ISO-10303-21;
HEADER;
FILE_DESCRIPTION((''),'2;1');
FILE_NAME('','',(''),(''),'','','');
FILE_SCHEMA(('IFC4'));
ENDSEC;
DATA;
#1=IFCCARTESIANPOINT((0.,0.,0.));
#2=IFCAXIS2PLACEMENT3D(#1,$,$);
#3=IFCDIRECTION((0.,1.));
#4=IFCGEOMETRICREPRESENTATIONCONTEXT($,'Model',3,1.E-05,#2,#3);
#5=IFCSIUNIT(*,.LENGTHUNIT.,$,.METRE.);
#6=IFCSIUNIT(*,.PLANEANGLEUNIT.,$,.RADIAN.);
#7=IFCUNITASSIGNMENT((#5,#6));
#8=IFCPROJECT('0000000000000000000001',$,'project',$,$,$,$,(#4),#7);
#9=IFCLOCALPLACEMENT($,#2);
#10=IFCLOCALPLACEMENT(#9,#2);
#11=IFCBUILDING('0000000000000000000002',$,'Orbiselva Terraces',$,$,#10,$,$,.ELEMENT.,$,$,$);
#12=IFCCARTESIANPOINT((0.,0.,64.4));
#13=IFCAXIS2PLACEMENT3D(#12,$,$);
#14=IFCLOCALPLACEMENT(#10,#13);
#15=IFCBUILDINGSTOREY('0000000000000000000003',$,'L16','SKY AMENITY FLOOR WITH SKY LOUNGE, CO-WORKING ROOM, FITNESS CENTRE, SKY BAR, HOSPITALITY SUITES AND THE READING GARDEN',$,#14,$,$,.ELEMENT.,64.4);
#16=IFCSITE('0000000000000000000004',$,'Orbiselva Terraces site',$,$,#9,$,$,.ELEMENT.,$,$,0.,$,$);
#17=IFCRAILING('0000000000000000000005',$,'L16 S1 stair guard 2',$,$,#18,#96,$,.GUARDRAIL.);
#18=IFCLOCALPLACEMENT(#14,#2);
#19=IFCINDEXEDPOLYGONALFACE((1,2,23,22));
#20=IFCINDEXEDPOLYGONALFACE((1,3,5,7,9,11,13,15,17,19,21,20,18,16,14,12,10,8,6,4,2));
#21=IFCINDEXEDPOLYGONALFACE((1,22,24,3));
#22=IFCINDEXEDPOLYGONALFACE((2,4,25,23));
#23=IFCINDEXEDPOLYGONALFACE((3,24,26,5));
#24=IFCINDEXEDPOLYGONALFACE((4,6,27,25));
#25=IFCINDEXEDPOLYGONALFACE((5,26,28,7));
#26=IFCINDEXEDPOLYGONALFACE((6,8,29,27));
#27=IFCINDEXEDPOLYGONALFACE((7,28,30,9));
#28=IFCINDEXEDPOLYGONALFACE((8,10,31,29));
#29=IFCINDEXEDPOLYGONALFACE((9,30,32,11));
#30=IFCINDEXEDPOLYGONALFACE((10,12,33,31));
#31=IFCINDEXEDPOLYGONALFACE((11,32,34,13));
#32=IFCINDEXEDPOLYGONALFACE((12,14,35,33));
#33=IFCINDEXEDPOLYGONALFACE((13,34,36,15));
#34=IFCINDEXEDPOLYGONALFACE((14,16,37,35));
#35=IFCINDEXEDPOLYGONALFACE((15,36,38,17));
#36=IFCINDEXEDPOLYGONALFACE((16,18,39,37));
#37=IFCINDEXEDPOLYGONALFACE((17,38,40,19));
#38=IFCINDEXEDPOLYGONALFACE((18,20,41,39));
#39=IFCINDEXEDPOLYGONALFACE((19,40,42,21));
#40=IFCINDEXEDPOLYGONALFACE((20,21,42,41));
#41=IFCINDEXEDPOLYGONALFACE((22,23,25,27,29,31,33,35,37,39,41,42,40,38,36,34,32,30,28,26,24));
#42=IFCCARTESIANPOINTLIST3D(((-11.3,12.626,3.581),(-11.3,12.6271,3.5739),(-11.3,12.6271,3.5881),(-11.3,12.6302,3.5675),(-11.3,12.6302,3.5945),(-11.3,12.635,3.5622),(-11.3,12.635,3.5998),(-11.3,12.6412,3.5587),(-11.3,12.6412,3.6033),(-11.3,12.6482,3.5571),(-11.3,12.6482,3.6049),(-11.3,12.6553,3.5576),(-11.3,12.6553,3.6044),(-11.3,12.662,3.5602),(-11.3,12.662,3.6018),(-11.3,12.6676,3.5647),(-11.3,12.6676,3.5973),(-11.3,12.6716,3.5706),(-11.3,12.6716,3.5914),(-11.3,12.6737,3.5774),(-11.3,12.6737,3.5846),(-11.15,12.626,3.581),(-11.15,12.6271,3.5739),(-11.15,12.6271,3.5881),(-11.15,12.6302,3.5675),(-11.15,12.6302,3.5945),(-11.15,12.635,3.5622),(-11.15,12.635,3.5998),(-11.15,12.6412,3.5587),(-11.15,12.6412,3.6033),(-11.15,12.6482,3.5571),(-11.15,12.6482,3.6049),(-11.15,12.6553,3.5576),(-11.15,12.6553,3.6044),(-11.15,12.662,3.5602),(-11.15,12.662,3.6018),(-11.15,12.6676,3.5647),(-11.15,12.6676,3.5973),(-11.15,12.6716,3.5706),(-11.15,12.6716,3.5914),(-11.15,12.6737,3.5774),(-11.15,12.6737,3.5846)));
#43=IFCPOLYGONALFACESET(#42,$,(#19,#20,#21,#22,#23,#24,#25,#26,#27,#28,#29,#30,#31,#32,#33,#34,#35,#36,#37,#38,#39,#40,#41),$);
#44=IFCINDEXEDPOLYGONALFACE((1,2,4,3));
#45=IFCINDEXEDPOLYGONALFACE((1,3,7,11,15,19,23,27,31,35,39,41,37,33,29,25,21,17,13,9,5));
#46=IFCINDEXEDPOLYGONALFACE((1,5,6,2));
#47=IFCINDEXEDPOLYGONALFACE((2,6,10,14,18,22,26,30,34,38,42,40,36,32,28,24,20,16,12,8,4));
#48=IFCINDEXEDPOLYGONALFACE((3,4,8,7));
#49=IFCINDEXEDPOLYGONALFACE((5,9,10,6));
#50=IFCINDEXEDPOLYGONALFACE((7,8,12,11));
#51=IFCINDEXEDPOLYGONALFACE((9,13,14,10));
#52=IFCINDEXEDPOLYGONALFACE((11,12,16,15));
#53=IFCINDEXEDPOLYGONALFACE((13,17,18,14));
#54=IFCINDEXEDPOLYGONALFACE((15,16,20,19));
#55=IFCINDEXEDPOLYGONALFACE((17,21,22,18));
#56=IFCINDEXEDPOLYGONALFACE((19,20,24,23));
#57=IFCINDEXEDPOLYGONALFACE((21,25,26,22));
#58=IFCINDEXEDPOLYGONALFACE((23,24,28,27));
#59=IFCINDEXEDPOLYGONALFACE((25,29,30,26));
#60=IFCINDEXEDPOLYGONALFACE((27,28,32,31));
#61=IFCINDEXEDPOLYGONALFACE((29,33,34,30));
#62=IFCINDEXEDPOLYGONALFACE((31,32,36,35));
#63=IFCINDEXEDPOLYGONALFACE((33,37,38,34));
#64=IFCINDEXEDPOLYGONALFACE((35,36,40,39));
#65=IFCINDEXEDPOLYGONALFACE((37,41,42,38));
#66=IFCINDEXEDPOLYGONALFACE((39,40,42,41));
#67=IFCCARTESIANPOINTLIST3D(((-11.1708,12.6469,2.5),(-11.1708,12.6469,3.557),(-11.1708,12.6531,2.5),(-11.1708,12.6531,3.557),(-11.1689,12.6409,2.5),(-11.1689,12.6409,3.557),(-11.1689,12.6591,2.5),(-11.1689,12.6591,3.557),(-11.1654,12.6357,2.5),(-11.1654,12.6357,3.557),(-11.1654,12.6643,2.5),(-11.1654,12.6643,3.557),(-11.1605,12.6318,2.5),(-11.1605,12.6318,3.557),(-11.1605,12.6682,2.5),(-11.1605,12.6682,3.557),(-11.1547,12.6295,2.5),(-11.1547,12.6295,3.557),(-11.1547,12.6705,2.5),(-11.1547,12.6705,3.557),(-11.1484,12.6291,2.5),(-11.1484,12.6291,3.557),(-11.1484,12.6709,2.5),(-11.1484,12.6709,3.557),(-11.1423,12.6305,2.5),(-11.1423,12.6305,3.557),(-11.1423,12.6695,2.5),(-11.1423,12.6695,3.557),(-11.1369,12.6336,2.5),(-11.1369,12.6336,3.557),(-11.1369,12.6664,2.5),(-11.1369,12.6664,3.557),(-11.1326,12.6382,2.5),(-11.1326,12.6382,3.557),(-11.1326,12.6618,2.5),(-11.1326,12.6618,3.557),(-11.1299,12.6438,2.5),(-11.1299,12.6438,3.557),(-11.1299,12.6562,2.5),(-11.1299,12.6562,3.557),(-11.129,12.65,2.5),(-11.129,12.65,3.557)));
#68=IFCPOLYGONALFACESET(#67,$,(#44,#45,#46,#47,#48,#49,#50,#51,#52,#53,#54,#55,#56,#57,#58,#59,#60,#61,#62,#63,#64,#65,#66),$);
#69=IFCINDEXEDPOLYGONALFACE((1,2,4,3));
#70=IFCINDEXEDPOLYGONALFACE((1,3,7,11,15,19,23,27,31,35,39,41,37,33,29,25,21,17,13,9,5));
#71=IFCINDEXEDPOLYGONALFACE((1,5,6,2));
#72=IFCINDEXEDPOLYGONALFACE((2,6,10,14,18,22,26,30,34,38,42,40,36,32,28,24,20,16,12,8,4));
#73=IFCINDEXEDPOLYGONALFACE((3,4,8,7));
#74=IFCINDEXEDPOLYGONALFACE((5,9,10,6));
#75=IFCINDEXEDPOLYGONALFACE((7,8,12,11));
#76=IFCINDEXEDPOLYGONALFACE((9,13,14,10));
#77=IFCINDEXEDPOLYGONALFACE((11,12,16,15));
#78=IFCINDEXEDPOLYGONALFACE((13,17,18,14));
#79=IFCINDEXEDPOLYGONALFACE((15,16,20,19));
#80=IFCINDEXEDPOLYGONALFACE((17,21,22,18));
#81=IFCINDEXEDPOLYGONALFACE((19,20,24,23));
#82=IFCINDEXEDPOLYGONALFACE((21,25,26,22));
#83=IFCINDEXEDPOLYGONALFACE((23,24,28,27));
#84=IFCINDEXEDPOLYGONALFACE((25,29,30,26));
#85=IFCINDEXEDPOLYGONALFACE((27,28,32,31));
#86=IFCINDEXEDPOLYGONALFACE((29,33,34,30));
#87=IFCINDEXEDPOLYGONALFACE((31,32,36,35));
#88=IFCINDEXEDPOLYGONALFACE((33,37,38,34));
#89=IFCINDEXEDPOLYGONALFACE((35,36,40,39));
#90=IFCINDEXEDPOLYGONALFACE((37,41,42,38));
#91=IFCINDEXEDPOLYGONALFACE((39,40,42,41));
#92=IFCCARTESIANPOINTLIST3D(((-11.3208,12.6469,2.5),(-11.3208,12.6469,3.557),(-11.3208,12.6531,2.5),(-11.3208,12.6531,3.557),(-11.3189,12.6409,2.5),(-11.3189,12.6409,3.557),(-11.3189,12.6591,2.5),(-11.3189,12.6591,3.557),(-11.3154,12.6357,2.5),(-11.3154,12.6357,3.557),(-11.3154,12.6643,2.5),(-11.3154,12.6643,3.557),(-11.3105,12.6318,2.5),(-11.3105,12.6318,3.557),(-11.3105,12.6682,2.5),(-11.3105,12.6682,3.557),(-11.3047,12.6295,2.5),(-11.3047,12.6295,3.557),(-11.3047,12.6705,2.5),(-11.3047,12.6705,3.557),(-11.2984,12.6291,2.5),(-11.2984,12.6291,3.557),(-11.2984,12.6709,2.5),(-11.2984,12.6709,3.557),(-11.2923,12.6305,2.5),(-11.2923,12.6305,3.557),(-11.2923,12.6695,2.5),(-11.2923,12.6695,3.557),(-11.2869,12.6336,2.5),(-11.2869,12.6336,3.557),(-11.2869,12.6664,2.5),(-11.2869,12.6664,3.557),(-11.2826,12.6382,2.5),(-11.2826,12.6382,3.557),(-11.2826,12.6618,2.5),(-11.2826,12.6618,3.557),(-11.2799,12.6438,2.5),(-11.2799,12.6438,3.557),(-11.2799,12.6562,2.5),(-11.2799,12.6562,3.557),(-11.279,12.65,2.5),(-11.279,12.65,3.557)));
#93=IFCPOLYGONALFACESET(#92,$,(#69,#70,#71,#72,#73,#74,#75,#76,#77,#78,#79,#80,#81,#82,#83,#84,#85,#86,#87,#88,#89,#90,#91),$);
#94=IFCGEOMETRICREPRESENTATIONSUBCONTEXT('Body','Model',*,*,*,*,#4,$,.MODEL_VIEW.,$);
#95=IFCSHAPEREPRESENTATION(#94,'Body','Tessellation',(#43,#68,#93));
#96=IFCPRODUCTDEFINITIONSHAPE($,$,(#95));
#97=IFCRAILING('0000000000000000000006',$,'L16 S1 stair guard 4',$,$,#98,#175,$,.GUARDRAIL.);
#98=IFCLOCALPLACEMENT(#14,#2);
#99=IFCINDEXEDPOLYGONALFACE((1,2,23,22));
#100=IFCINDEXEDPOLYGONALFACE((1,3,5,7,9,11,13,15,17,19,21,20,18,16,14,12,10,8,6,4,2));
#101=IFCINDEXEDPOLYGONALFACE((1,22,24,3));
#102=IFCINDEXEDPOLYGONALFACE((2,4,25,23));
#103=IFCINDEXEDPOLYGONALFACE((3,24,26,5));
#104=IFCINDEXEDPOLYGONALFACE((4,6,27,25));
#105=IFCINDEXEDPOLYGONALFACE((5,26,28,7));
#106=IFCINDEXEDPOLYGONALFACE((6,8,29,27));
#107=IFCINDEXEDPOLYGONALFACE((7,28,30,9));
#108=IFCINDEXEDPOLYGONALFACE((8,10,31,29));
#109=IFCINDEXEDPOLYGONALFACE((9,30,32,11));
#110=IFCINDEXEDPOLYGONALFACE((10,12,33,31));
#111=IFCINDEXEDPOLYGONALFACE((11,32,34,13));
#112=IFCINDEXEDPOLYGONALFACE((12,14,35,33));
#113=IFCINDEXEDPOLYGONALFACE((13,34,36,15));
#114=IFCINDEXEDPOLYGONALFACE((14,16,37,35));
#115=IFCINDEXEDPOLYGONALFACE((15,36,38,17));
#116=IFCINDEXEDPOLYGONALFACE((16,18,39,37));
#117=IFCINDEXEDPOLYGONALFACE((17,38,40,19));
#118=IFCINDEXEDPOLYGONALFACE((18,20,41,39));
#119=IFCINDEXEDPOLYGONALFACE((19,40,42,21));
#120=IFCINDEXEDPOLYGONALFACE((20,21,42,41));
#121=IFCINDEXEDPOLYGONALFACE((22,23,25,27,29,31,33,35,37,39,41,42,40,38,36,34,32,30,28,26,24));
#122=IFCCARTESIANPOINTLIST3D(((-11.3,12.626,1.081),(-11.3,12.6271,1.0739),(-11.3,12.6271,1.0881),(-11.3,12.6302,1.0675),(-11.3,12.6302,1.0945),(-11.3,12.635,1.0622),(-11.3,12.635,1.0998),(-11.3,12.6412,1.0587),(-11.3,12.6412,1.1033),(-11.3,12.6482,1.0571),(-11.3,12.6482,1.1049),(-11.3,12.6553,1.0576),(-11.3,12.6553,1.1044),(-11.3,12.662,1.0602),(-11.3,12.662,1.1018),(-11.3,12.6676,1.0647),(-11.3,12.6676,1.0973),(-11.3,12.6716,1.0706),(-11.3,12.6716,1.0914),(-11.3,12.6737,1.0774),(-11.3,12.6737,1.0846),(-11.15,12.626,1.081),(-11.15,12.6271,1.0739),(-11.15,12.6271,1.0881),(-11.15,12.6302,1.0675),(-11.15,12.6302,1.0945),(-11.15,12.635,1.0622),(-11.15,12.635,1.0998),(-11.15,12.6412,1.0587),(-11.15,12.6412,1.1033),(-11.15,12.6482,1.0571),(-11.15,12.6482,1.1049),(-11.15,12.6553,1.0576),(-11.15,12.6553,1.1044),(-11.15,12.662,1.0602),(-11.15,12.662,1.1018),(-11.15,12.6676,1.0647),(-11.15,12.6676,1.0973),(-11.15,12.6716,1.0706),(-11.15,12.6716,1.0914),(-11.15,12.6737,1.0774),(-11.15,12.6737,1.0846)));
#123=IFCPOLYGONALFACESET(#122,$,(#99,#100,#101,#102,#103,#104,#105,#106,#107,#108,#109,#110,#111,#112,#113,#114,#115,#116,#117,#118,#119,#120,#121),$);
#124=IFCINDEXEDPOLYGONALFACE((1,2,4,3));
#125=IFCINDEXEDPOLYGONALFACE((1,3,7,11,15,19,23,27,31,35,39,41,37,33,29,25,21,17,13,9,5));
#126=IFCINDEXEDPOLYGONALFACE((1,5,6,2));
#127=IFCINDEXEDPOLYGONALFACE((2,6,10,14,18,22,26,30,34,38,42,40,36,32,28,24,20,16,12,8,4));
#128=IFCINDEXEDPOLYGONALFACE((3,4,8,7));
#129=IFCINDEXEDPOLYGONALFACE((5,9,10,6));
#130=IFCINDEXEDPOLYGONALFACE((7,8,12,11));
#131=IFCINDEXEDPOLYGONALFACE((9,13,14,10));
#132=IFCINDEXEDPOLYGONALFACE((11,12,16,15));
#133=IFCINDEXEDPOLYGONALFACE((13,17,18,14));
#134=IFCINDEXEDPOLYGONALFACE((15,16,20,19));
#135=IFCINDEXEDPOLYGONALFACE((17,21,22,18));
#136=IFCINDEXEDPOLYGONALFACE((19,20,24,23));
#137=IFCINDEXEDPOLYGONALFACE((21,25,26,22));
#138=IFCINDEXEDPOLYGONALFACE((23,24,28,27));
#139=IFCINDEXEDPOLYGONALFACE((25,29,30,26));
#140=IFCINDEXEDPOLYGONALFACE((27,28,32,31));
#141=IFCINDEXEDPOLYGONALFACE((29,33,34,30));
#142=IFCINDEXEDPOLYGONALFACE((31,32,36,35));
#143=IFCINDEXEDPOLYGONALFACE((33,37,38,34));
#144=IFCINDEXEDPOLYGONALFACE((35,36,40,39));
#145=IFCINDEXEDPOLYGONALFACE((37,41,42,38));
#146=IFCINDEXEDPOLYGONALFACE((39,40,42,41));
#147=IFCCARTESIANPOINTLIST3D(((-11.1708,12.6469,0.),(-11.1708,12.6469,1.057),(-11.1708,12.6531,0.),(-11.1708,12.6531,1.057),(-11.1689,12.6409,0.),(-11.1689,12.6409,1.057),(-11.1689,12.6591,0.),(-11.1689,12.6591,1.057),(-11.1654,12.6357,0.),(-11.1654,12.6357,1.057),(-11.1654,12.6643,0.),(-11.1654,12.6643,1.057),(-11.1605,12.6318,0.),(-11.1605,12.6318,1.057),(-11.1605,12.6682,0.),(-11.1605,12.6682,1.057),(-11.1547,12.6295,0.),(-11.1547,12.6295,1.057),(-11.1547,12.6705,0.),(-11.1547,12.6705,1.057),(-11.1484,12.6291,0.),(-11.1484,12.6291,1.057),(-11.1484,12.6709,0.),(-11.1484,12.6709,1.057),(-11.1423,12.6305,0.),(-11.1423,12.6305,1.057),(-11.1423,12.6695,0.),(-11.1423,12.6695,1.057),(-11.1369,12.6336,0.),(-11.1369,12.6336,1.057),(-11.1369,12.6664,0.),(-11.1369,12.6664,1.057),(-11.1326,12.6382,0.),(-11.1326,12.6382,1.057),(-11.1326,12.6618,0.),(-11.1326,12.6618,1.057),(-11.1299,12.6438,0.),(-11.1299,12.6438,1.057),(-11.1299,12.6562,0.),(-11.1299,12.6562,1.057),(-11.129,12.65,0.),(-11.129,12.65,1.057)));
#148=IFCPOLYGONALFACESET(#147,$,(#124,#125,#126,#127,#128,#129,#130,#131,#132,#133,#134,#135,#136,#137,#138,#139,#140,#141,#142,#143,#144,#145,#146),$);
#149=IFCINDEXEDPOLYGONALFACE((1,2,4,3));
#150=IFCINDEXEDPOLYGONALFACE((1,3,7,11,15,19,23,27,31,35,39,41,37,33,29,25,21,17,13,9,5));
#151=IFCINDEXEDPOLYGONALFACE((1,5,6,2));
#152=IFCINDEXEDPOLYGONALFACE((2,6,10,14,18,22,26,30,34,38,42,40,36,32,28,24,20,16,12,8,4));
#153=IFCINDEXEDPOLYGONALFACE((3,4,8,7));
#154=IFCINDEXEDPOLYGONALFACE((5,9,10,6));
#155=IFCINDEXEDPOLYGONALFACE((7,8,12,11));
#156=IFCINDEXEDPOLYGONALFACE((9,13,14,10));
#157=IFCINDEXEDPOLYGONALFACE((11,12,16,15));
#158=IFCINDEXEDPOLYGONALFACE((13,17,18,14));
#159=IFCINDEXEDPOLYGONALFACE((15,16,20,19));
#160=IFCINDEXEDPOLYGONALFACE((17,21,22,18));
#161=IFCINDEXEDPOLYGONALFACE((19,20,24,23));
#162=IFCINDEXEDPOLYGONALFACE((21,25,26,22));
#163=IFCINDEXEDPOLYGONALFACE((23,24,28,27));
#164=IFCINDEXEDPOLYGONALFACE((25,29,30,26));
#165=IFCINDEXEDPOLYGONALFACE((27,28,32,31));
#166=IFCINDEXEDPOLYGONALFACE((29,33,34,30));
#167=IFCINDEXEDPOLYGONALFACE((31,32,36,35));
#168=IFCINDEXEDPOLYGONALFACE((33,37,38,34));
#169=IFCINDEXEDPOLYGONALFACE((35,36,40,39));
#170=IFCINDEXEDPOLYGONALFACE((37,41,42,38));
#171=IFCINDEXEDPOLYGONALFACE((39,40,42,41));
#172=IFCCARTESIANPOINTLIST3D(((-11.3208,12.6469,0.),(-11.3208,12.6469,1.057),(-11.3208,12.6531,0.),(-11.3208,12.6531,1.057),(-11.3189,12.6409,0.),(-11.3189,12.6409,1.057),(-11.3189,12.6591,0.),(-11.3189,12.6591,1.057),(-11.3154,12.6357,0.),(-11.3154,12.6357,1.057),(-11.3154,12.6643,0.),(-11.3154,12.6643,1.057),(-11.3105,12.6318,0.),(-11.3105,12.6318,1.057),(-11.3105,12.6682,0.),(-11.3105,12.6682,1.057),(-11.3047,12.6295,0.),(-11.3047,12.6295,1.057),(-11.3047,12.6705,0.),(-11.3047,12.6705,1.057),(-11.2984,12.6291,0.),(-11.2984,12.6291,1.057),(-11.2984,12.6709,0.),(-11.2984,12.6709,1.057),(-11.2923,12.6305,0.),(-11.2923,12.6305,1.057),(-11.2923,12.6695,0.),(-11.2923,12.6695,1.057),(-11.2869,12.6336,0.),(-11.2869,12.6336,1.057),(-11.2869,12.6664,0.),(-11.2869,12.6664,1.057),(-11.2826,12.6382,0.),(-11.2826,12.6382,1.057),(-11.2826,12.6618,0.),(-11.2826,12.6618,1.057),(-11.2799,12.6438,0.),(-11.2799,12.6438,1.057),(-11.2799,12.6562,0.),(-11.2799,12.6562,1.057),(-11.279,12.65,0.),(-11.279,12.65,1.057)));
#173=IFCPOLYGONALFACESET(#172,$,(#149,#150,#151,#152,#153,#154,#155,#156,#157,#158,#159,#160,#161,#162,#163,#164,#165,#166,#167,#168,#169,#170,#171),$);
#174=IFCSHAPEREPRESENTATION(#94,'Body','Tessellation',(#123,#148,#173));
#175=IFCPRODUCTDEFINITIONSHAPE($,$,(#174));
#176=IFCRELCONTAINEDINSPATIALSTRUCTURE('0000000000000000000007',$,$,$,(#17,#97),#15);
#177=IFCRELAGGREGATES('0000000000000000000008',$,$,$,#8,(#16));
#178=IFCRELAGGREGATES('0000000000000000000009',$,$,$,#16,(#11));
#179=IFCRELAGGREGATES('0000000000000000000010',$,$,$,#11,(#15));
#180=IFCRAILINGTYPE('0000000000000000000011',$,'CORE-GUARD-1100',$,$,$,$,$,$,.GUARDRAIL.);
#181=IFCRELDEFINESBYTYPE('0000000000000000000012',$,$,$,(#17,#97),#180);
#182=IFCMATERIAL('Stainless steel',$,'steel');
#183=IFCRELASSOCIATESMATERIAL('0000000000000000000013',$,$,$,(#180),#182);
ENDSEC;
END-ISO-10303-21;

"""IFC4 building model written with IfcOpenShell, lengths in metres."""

from ifc_helpers import new_model, si_unit, direction, frame, origin, origin_2d, place, context, subcontext, project, spatial, circle, extrude, material, type_object, element, save


model = new_model("IFC4")

# Units and contexts
model_context = context("Model", 3, precision=1e-05, world=origin(), true_north=direction((0.0, 1.0)))
body_context = subcontext(model_context, "Body", "Model", "MODEL_VIEW")
ifc_project = project(units=[si_unit("LENGTHUNIT", "METRE"), si_unit("PLANEANGLEUNIT", "RADIAN")], contexts=[model_context])

# Site, building, storey
site_placement = place(None, origin())
site = spatial("IfcSite", under=ifc_project, at=site_placement, Name="Orbiselva Terraces site", CompositionType="ELEMENT", RefElevation=0.0)
building_placement = place(site_placement, origin())
building = spatial("IfcBuilding", under=site, at=building_placement, Name="Orbiselva Terraces", CompositionType="ELEMENT")
storey_placement = place(building_placement, frame((0.0, 0.0, 64.4)))
storey = spatial("IfcBuildingStorey", under=building, at=storey_placement, Name="L16", Description="SKY AMENITY FLOOR WITH SKY LOUNGE, CO-WORKING ROOM, FITNESS CENTRE, SKY BAR, HOSPITALITY SUITES AND THE READING GARDEN", CompositionType="ELEMENT", Elevation=64.4)

# Railings
ifc_material_1 = material(Name="Stainless steel", Category="steel")
railing_type_1 = type_object("IfcRailingType", Name="CORE-GUARD-1100", PredefinedType="GUARDRAIL", material=ifc_material_1)
railing_1_placement = place(storey_placement, frame((-11.15, 12.65, 2.5)))
element("IfcRailing", 1, at=railing_1_placement, inside=storey, type_object=railing_type_1, Name="L16 S1 stair guard 2", PredefinedType="GUARDRAIL", context=body_context, shape_type="SweptSolid", body=[
    extrude(circle(Radius=0.024, at=origin_2d()), frame((0.0, 0.0, 1.081), z_axis=(-1.0, 0.0, 0.0), x_axis=(0.0, -1.0, 0.0)), (0.0, 0.0, 1.0), 0.15),
    extrude(circle(Radius=0.021, at=origin_2d()), origin(), (0.0, 0.0, 1.0), 1.057),
    extrude(circle(Radius=0.021, at=origin_2d()), frame((-0.15, 0.0, 0.0)), (0.0, 0.0, 1.0), 1.057),
])
railing_2_placement = place(storey_placement, frame((-11.15, 12.65, 0.0)))
element("IfcRailing", 2, at=railing_2_placement, inside=storey, type_object=railing_type_1, Name="L16 S1 stair guard 4", PredefinedType="GUARDRAIL", context=body_context, shape_type="SweptSolid", body=[
    extrude(circle(Radius=0.024, at=origin_2d()), frame((0.0, 0.0, 1.081), z_axis=(-1.0, 0.0, 0.0), x_axis=(0.0, -1.0, 0.0)), (0.0, 0.0, 1.0), 0.15),
    extrude(circle(Radius=0.021, at=origin_2d()), origin(), (0.0, 0.0, 1.0), 1.057),
    extrude(circle(Radius=0.021, at=origin_2d()), frame((-0.15, 0.0, 0.0)), (0.0, 0.0, 1.0), 1.057),
])

save(model, "model.ifc")
